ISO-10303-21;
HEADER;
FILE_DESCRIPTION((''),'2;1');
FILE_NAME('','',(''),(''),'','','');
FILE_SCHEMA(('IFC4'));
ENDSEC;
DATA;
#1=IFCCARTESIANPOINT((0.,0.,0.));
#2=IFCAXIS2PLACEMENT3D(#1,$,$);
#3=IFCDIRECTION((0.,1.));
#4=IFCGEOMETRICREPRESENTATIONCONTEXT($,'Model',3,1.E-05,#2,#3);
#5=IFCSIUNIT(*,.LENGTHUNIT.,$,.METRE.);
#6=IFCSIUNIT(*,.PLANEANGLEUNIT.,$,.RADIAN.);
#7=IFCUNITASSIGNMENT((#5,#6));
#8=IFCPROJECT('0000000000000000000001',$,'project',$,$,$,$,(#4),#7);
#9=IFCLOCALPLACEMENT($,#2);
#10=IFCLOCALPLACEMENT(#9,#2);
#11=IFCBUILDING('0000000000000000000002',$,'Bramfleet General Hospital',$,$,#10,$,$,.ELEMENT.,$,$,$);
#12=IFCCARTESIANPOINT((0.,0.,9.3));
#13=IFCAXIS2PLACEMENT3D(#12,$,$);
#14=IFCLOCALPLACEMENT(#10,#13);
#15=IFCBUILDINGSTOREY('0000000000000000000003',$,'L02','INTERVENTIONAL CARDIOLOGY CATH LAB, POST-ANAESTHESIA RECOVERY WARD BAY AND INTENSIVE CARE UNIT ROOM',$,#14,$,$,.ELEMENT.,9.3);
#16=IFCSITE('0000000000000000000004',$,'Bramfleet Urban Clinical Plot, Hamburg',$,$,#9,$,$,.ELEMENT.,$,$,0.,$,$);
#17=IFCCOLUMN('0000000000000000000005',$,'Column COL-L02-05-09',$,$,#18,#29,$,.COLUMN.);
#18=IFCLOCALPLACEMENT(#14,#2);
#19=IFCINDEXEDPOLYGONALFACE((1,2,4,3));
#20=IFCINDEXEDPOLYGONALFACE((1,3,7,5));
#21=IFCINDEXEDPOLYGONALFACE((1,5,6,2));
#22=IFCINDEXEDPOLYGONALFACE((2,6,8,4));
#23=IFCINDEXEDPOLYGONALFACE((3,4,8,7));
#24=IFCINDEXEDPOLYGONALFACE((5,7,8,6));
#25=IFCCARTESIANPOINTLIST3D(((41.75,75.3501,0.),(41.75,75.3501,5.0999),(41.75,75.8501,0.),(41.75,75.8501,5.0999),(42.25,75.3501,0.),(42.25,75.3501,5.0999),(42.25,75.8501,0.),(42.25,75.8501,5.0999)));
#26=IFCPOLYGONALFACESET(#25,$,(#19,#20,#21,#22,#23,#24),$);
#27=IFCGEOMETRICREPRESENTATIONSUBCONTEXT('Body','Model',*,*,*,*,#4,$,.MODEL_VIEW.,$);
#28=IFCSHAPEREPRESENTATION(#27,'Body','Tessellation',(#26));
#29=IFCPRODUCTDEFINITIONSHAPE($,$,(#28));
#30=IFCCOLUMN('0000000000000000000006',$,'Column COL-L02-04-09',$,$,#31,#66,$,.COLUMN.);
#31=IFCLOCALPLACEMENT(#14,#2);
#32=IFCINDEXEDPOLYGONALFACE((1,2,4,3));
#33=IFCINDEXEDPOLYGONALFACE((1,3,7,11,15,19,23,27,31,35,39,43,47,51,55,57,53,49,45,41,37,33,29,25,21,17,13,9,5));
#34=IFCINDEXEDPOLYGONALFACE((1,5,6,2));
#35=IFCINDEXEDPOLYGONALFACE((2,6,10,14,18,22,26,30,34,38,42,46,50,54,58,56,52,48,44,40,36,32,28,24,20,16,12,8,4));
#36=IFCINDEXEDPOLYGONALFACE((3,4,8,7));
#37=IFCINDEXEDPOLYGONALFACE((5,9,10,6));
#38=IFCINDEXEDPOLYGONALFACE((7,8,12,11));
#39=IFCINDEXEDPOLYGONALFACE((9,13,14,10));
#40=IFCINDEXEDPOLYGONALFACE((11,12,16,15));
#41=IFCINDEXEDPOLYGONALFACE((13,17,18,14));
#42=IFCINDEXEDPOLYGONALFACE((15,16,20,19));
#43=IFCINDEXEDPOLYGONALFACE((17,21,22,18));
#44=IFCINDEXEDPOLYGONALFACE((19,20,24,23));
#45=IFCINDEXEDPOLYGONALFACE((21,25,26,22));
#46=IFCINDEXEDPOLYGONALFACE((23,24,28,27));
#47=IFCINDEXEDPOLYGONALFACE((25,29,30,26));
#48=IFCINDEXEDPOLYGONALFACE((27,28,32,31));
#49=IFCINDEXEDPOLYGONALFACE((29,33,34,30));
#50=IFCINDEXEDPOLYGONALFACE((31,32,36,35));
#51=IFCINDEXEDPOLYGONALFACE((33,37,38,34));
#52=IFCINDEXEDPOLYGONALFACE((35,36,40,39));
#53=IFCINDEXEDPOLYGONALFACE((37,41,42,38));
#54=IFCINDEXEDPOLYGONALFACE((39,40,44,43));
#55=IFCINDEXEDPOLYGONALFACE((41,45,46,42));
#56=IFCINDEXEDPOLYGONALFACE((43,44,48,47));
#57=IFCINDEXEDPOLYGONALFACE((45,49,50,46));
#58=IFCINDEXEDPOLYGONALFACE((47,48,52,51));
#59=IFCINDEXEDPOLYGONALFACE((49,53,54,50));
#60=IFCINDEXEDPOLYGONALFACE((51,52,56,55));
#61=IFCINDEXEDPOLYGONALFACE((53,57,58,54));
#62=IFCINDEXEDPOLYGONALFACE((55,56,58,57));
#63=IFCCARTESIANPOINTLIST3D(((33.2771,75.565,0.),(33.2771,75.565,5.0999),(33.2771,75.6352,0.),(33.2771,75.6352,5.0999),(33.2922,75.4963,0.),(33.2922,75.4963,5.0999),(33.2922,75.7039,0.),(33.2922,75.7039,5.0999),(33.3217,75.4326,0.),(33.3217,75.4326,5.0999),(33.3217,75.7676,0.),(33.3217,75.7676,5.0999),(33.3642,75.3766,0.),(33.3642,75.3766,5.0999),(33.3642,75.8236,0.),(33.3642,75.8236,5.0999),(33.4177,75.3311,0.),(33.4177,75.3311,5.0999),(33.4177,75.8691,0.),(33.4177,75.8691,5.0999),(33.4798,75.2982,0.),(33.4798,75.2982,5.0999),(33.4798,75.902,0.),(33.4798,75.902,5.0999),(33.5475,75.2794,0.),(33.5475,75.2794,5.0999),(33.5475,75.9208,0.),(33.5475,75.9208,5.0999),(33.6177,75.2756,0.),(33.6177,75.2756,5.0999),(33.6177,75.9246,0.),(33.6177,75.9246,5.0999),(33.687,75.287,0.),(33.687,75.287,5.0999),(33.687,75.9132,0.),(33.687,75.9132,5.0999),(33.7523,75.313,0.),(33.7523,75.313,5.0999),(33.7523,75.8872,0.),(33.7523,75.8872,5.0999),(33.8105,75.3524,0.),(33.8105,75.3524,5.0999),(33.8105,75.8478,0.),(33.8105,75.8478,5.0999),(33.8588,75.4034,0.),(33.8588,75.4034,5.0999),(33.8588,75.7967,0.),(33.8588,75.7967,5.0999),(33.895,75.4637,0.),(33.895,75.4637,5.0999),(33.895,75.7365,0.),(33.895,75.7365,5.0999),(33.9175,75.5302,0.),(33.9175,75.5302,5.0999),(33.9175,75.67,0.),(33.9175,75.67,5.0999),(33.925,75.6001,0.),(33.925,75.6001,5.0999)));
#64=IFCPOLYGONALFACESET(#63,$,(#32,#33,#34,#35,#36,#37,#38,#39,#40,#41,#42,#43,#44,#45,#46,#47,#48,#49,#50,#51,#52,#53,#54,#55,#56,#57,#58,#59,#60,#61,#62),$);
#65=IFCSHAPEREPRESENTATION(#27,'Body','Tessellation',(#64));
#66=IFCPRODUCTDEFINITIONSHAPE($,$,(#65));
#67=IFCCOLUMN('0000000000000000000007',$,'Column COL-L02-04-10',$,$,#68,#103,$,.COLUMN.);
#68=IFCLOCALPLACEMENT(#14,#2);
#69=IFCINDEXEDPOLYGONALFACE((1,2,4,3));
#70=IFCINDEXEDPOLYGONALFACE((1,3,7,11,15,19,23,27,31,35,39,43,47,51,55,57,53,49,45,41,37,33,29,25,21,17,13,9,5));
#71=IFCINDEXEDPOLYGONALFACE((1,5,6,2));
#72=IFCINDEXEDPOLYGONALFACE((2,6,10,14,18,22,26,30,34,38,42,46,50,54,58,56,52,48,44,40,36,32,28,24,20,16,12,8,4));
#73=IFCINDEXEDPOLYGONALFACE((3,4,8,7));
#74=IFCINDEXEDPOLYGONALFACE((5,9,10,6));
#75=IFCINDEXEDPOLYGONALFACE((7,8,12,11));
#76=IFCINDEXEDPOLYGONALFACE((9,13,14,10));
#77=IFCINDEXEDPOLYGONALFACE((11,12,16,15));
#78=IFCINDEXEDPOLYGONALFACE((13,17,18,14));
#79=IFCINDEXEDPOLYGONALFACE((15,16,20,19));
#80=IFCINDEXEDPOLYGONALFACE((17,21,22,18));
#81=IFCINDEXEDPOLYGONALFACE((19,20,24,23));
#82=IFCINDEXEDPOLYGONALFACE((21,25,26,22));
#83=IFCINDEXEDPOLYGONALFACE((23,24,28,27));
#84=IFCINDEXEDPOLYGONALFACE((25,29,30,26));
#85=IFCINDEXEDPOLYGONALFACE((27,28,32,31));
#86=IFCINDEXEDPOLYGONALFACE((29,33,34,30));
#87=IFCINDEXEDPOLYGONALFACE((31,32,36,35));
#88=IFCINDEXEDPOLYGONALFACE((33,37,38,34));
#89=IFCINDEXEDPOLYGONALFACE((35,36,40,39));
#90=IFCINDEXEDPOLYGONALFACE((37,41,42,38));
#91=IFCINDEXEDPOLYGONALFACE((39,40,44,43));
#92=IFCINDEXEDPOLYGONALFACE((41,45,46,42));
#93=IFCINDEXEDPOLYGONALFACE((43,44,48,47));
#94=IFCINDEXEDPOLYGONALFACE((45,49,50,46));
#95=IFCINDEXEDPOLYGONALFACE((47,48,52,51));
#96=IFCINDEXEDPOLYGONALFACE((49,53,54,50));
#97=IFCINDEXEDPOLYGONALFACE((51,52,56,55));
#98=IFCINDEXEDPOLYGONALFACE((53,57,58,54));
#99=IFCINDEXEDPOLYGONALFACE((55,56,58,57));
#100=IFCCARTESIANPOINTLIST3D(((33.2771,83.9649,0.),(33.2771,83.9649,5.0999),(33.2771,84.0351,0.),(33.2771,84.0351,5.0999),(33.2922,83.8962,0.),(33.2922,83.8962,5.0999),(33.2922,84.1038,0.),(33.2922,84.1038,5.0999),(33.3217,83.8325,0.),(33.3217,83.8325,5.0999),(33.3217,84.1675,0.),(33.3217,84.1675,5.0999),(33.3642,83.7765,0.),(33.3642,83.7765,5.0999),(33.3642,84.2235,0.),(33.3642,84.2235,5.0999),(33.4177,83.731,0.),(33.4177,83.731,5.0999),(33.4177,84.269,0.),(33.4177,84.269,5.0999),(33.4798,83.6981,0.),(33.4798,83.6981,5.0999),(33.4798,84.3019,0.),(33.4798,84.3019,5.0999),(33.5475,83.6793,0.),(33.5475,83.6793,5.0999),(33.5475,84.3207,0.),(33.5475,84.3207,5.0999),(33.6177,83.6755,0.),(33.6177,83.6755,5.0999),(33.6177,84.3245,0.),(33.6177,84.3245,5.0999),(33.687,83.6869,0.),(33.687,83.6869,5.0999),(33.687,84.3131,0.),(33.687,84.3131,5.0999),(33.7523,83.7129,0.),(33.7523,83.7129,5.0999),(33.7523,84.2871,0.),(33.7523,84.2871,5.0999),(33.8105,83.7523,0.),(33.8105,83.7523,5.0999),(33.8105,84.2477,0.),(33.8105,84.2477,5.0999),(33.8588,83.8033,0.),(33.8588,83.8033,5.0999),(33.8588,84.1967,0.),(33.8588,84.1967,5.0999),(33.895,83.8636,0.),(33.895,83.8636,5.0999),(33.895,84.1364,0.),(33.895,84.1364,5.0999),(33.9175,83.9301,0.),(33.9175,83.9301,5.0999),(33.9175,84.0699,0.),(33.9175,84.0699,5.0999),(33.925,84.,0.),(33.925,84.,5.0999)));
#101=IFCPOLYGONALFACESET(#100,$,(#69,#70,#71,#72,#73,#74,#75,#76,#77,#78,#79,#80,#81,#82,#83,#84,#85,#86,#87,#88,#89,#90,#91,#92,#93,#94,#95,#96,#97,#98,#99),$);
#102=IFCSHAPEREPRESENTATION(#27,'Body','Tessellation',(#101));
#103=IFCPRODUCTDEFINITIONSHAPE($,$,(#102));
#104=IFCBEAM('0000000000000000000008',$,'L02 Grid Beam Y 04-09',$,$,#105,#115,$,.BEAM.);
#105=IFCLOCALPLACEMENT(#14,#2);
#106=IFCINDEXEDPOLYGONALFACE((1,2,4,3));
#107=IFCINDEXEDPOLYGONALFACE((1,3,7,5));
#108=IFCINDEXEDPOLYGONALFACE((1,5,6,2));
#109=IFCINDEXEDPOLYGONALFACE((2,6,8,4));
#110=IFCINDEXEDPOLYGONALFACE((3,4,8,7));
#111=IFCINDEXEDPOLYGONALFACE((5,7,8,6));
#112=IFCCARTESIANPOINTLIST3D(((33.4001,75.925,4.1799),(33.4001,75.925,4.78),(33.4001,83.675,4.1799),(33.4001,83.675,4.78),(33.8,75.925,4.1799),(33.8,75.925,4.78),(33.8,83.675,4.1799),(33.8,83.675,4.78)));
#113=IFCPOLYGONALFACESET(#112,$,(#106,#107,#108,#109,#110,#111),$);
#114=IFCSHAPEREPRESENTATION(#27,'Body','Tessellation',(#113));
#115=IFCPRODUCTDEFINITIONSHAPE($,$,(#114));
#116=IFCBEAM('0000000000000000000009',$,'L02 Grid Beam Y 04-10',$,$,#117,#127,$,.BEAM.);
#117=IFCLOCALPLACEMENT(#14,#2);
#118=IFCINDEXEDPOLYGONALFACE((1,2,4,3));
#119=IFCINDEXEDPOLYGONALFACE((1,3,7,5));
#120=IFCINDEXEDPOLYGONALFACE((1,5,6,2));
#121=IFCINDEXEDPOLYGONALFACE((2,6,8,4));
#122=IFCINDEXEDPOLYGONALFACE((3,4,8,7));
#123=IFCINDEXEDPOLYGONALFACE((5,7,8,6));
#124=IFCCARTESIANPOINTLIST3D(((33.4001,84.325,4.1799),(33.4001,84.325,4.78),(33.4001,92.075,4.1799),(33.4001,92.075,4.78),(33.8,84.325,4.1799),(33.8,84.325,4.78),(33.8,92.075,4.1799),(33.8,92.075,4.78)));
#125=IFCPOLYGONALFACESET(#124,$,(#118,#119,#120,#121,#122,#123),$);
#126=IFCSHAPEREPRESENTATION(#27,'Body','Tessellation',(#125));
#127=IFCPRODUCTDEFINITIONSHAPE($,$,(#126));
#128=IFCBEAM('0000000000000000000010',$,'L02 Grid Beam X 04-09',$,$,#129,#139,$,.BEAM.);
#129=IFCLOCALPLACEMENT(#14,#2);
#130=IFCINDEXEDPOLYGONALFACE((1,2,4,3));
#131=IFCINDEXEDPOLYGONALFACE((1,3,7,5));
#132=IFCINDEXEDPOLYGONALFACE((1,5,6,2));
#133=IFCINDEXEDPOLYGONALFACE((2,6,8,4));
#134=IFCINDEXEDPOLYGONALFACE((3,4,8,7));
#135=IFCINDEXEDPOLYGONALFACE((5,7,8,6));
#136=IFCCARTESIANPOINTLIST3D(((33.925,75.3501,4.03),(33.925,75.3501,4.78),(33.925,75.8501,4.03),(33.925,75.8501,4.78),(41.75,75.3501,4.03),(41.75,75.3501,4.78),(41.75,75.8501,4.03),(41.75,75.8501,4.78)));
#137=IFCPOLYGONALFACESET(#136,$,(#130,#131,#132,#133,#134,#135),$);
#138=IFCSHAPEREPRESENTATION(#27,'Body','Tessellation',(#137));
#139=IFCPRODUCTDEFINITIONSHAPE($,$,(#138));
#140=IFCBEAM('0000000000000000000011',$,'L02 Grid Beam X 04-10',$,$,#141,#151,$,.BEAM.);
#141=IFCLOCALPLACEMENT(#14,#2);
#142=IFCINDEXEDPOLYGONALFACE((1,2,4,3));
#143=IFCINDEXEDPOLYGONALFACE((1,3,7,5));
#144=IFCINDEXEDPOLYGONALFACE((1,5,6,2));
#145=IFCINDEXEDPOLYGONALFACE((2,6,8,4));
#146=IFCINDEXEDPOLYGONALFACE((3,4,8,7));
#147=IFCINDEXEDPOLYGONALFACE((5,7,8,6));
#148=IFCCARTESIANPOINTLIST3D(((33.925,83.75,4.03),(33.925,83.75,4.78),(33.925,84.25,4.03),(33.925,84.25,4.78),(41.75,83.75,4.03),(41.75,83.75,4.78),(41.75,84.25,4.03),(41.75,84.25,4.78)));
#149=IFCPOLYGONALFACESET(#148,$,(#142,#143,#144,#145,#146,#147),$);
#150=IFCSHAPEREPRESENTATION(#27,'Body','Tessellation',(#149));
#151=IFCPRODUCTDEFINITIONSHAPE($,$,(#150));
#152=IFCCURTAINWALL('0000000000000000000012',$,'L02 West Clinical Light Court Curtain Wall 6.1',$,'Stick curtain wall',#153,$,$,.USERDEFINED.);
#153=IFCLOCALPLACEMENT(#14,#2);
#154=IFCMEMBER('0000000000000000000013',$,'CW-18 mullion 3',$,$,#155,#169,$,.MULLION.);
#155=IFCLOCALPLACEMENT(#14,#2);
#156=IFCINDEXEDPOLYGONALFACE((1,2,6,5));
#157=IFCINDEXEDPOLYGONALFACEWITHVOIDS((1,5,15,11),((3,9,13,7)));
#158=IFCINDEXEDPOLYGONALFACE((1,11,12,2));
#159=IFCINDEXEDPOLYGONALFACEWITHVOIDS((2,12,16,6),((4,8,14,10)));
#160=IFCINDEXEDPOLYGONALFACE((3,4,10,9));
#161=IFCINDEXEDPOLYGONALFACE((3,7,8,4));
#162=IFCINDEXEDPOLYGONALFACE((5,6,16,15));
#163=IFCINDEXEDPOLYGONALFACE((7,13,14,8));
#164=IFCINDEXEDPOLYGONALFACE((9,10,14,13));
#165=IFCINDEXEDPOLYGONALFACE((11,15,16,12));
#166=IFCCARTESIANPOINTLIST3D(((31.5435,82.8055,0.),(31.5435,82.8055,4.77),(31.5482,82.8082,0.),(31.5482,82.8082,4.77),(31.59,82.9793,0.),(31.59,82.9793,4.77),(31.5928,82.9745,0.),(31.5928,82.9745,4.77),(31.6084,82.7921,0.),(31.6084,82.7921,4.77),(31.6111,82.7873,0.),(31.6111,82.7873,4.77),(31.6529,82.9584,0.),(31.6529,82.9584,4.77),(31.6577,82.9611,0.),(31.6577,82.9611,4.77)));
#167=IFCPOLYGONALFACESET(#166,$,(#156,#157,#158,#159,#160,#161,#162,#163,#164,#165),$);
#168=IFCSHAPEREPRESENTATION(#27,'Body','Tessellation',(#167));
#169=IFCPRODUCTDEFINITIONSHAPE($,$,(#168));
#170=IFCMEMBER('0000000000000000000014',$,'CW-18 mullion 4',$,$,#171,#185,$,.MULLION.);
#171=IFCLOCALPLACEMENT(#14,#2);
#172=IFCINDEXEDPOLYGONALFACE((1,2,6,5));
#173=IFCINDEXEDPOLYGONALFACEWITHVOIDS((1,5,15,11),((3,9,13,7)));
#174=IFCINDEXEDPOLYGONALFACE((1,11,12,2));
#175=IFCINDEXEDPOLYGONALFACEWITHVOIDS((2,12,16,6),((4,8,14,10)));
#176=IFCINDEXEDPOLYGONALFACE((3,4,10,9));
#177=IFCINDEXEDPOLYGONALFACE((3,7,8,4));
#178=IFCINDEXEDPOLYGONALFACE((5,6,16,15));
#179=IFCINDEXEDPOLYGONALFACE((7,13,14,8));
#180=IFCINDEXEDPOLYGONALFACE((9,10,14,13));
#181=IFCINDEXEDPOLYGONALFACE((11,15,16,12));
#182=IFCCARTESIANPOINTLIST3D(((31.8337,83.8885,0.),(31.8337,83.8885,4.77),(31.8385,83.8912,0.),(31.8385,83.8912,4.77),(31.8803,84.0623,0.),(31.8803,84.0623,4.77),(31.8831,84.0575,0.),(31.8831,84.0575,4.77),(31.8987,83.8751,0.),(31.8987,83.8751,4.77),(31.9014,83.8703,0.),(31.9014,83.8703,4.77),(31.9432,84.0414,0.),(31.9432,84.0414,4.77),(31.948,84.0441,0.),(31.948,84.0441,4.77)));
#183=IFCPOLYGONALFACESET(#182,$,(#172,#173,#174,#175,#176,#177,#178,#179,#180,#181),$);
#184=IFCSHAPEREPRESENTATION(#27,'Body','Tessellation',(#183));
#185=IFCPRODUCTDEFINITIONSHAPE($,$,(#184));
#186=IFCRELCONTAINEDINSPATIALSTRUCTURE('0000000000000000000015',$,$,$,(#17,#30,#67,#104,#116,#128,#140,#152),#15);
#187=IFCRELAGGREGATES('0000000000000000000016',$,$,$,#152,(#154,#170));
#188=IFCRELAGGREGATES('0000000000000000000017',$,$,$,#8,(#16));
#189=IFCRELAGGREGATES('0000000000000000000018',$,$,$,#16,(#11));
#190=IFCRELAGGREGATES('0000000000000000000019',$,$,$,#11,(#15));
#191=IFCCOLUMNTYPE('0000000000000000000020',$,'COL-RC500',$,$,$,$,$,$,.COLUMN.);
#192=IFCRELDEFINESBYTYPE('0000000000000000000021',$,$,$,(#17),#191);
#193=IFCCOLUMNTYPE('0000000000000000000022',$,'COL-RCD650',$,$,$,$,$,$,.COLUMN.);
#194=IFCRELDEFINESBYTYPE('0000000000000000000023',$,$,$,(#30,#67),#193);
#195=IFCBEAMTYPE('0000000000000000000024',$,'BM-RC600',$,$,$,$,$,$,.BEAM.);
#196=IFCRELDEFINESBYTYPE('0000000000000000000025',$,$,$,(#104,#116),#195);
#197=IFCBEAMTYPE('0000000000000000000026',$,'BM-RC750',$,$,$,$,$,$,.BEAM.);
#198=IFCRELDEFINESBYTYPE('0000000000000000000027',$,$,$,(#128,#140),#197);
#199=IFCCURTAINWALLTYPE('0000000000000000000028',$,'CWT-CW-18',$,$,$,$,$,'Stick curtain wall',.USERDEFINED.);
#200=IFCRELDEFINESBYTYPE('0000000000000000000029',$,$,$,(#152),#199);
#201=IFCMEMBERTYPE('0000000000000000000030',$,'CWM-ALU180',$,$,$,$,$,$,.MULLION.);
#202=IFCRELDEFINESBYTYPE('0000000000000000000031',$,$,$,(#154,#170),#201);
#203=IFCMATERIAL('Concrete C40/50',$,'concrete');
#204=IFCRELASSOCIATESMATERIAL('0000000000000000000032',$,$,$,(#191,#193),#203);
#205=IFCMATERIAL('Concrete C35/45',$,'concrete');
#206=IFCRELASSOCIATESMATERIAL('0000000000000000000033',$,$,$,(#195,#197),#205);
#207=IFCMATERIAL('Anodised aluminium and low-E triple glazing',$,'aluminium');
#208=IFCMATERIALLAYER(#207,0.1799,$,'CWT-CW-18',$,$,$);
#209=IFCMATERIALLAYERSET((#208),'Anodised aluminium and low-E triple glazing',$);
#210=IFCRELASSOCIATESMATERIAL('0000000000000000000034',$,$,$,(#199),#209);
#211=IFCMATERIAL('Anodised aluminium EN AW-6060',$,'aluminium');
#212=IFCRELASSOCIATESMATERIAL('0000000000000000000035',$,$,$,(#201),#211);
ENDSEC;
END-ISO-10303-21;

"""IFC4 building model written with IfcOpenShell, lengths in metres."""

from ifc_helpers import new_model, si_unit, direction, frame, origin, origin_2d, place, context, subcontext, project, spatial, rectangle, hollow_rectangle, circle, extrude, material, layer, layer_set, material_profile, profile_set, type_object, element, aggregate, save


model = new_model("IFC4")

# Units and contexts
model_context = context("Model", 3, precision=1e-05, world=origin(), true_north=direction((0.0, 1.0)))
body_context = subcontext(model_context, "Body", "Model", "MODEL_VIEW")
ifc_project = project(units=[si_unit("LENGTHUNIT", "METRE"), si_unit("PLANEANGLEUNIT", "RADIAN")], contexts=[model_context])

# Site, building, storey
site_placement = place(None, origin())
site = spatial("IfcSite", under=ifc_project, at=site_placement, Name="Bramfleet Urban Clinical Plot, Hamburg", CompositionType="ELEMENT", RefElevation=0.0)
building_placement = place(site_placement, origin())
building = spatial("IfcBuilding", under=site, at=building_placement, Name="Bramfleet General Hospital", CompositionType="ELEMENT")
storey_placement = place(building_placement, frame((0.0, 0.0, 9.3)))
storey = spatial("IfcBuildingStorey", under=building, at=storey_placement, Name="L02", Description="INTERVENTIONAL CARDIOLOGY CATH LAB, POST-ANAESTHESIA RECOVERY WARD BAY AND INTENSIVE CARE UNIT ROOM", CompositionType="ELEMENT", Elevation=9.3)

# Columns
ifc_material_1 = material(Name="Concrete C40/50", Category="concrete")
ifc_material_profile_1 = material_profile(ifc_material_1, rectangle(XDim=0.5, YDim=0.5, at=origin_2d()), Name="RC COL 500x500")
ifc_profile_set_1 = profile_set([ifc_material_profile_1], Name="Concrete C40/50")
column_type_1 = type_object("IfcColumnType", Name="COL-RC500", PredefinedType="COLUMN", material=ifc_profile_set_1)
column_placement = place(storey_placement, frame((42.0, 75.6001, 0.0), z_axis=(0.0, 0.0, 1.0), x_axis=(1.0, 0.0, 0.0)))
element("IfcColumn", 1, at=column_placement, inside=storey, type_object=column_type_1, Name="Column COL-L02-05-09", PredefinedType="COLUMN", context=body_context, shape_type="SweptSolid", body=[
    extrude(rectangle(XDim=0.5, YDim=0.5, at=origin_2d()), origin(), (0.0, 0.0, 1.0), 5.0999),
])
ifc_material_profile_2 = material_profile(ifc_material_1, circle(Radius=0.325, at=origin_2d()), Name="RC ROUND D650")
ifc_profile_set_2 = profile_set([ifc_material_profile_2], Name="Concrete C40/50")
column_type_2 = type_object("IfcColumnType", Name="COL-RCD650", PredefinedType="COLUMN", material=ifc_profile_set_2)
for number, where, z_axis, x_axis, name in (
    (2, (33.6001, 75.6001, 0.0), (0.0, 0.0, 1.0), (1.0, 0.0, 0.0), "Column COL-L02-04-09"),
    (3, (33.6001, 84.0, 0.0), (0.0, 0.0, 1.0), (1.0, 0.0, 0.0), "Column COL-L02-04-10"),
):
    element("IfcColumn", number, at=place(storey_placement, frame(where, z_axis=z_axis, x_axis=x_axis)), inside=storey, type_object=column_type_2, Name=name, PredefinedType="COLUMN", context=body_context, shape_type="SweptSolid", body=[
        extrude(circle(Radius=0.325, at=origin_2d()), origin(), (0.0, 0.0, 1.0), 5.0999),
    ])

# Beams
ifc_material_2 = material(Name="Concrete C35/45", Category="concrete")
ifc_material_profile_3 = material_profile(ifc_material_2, rectangle(XDim=0.3999, YDim=0.6001, at=origin_2d()), Name="RC BM 600x400")
ifc_profile_set_3 = profile_set([ifc_material_profile_3], Name="Concrete C35/45")
beam_type_1 = type_object("IfcBeamType", Name="BM-RC600", PredefinedType="BEAM", material=ifc_profile_set_3)
for number, where, z_axis, x_axis, name in (
    (4, (33.6001, 75.925, 4.48), (0.0, 1.0, 0.0), (-1.0, 0.0, 0.0), "L02 Grid Beam Y 04-09"),
    (5, (33.6001, 84.325, 4.48), (0.0, 1.0, 0.0), (-1.0, 0.0, 0.0), "L02 Grid Beam Y 04-10"),
):
    element("IfcBeam", number, at=place(storey_placement, frame(where, z_axis=z_axis, x_axis=x_axis)), inside=storey, type_object=beam_type_1, Name=name, PredefinedType="BEAM", context=body_context, shape_type="SweptSolid", body=[
        extrude(rectangle(XDim=0.3999, YDim=0.6001, at=origin_2d()), origin(), (0.0, 0.0, 1.0), 7.75),
    ])
ifc_material_profile_4 = material_profile(ifc_material_2, rectangle(XDim=0.5, YDim=0.75, at=origin_2d()), Name="RC BM 750x500")
ifc_profile_set_4 = profile_set([ifc_material_profile_4], Name="Concrete C35/45")
beam_type_2 = type_object("IfcBeamType", Name="BM-RC750", PredefinedType="BEAM", material=ifc_profile_set_4)
for number, where, z_axis, x_axis, name in (
    (6, (33.925, 75.6001, 4.405), (1.0, 0.0, 0.0), (0.0, 1.0, 0.0), "L02 Grid Beam X 04-09"),
    (7, (33.925, 84.0, 4.405), (1.0, 0.0, 0.0), (0.0, 1.0, 0.0), "L02 Grid Beam X 04-10"),
):
    element("IfcBeam", number, at=place(storey_placement, frame(where, z_axis=z_axis, x_axis=x_axis)), inside=storey, type_object=beam_type_2, Name=name, PredefinedType="BEAM", context=body_context, shape_type="SweptSolid", body=[
        extrude(rectangle(XDim=0.5, YDim=0.75, at=origin_2d()), origin(), (0.0, 0.0, 1.0), 7.825),
    ])

# Curtain wall, members
ifc_material_3 = material(Name="Anodised aluminium and low-E triple glazing", Category="aluminium")
ifc_layer_1 = layer(ifc_material_3, 0.1799, Name="CWT-CW-18")
ifc_layer_set_1 = layer_set([ifc_layer_1], Name="Anodised aluminium and low-E triple glazing")
curtain_wall_type_1 = type_object("IfcCurtainWallType", Name="CWT-CW-18", ElementType="Stick curtain wall", PredefinedType="USERDEFINED", material=ifc_layer_set_1)
curtain_wall_1_placement = place(storey_placement, origin())
curtain_wall_1 = element("IfcCurtainWall", 8, at=curtain_wall_1_placement, inside=storey, type_object=curtain_wall_type_1, Name="L02 West Clinical Light Court Curtain Wall 6.1", ObjectType="Stick curtain wall", PredefinedType="USERDEFINED")
ifc_material_4 = material(Name="Anodised aluminium EN AW-6060", Category="aluminium")
ifc_material_profile_5 = material_profile(ifc_material_4, hollow_rectangle(XDim=0.0701, YDim=0.1799, WallThickness=0.0039, at=origin_2d()), Name="ALU 180x70x4.0")
ifc_profile_set_5 = profile_set([ifc_material_profile_5], Name="Anodised aluminium EN AW-6060")
member_type_1 = type_object("IfcMemberType", Name="CWM-ALU180", PredefinedType="MULLION", material=ifc_profile_set_5)
member_1_placement = place(storey_placement, frame((31.6006, 82.8833, 0.0), z_axis=(0.0, 0.0, 1.0), x_axis=(-0.965899, 0.258919, 0.0)))
member_1 = element("IfcMember", 9, at=member_1_placement, type_object=member_type_1, Name="CW-18 mullion 3", PredefinedType="MULLION", context=body_context, shape_type="SweptSolid", body=[
    extrude(hollow_rectangle(XDim=0.0701, YDim=0.1799, WallThickness=0.0039, at=origin_2d()), origin(), (0.0, 0.0, 1.0), 4.77),
])
member_2_placement = place(storey_placement, frame((31.8909, 83.9663, 0.0), z_axis=(0.0, 0.0, 1.0), x_axis=(-0.965899, 0.258919, 0.0)))
member_2 = element("IfcMember", 10, at=member_2_placement, type_object=member_type_1, Name="CW-18 mullion 4", PredefinedType="MULLION", context=body_context, shape_type="SweptSolid", body=[
    extrude(hollow_rectangle(XDim=0.0701, YDim=0.1799, WallThickness=0.0039, at=origin_2d()), origin(), (0.0, 0.0, 1.0), 4.77),
])

aggregate(curtain_wall_1, [member_1, member_2])

save(model, "model.ifc")
